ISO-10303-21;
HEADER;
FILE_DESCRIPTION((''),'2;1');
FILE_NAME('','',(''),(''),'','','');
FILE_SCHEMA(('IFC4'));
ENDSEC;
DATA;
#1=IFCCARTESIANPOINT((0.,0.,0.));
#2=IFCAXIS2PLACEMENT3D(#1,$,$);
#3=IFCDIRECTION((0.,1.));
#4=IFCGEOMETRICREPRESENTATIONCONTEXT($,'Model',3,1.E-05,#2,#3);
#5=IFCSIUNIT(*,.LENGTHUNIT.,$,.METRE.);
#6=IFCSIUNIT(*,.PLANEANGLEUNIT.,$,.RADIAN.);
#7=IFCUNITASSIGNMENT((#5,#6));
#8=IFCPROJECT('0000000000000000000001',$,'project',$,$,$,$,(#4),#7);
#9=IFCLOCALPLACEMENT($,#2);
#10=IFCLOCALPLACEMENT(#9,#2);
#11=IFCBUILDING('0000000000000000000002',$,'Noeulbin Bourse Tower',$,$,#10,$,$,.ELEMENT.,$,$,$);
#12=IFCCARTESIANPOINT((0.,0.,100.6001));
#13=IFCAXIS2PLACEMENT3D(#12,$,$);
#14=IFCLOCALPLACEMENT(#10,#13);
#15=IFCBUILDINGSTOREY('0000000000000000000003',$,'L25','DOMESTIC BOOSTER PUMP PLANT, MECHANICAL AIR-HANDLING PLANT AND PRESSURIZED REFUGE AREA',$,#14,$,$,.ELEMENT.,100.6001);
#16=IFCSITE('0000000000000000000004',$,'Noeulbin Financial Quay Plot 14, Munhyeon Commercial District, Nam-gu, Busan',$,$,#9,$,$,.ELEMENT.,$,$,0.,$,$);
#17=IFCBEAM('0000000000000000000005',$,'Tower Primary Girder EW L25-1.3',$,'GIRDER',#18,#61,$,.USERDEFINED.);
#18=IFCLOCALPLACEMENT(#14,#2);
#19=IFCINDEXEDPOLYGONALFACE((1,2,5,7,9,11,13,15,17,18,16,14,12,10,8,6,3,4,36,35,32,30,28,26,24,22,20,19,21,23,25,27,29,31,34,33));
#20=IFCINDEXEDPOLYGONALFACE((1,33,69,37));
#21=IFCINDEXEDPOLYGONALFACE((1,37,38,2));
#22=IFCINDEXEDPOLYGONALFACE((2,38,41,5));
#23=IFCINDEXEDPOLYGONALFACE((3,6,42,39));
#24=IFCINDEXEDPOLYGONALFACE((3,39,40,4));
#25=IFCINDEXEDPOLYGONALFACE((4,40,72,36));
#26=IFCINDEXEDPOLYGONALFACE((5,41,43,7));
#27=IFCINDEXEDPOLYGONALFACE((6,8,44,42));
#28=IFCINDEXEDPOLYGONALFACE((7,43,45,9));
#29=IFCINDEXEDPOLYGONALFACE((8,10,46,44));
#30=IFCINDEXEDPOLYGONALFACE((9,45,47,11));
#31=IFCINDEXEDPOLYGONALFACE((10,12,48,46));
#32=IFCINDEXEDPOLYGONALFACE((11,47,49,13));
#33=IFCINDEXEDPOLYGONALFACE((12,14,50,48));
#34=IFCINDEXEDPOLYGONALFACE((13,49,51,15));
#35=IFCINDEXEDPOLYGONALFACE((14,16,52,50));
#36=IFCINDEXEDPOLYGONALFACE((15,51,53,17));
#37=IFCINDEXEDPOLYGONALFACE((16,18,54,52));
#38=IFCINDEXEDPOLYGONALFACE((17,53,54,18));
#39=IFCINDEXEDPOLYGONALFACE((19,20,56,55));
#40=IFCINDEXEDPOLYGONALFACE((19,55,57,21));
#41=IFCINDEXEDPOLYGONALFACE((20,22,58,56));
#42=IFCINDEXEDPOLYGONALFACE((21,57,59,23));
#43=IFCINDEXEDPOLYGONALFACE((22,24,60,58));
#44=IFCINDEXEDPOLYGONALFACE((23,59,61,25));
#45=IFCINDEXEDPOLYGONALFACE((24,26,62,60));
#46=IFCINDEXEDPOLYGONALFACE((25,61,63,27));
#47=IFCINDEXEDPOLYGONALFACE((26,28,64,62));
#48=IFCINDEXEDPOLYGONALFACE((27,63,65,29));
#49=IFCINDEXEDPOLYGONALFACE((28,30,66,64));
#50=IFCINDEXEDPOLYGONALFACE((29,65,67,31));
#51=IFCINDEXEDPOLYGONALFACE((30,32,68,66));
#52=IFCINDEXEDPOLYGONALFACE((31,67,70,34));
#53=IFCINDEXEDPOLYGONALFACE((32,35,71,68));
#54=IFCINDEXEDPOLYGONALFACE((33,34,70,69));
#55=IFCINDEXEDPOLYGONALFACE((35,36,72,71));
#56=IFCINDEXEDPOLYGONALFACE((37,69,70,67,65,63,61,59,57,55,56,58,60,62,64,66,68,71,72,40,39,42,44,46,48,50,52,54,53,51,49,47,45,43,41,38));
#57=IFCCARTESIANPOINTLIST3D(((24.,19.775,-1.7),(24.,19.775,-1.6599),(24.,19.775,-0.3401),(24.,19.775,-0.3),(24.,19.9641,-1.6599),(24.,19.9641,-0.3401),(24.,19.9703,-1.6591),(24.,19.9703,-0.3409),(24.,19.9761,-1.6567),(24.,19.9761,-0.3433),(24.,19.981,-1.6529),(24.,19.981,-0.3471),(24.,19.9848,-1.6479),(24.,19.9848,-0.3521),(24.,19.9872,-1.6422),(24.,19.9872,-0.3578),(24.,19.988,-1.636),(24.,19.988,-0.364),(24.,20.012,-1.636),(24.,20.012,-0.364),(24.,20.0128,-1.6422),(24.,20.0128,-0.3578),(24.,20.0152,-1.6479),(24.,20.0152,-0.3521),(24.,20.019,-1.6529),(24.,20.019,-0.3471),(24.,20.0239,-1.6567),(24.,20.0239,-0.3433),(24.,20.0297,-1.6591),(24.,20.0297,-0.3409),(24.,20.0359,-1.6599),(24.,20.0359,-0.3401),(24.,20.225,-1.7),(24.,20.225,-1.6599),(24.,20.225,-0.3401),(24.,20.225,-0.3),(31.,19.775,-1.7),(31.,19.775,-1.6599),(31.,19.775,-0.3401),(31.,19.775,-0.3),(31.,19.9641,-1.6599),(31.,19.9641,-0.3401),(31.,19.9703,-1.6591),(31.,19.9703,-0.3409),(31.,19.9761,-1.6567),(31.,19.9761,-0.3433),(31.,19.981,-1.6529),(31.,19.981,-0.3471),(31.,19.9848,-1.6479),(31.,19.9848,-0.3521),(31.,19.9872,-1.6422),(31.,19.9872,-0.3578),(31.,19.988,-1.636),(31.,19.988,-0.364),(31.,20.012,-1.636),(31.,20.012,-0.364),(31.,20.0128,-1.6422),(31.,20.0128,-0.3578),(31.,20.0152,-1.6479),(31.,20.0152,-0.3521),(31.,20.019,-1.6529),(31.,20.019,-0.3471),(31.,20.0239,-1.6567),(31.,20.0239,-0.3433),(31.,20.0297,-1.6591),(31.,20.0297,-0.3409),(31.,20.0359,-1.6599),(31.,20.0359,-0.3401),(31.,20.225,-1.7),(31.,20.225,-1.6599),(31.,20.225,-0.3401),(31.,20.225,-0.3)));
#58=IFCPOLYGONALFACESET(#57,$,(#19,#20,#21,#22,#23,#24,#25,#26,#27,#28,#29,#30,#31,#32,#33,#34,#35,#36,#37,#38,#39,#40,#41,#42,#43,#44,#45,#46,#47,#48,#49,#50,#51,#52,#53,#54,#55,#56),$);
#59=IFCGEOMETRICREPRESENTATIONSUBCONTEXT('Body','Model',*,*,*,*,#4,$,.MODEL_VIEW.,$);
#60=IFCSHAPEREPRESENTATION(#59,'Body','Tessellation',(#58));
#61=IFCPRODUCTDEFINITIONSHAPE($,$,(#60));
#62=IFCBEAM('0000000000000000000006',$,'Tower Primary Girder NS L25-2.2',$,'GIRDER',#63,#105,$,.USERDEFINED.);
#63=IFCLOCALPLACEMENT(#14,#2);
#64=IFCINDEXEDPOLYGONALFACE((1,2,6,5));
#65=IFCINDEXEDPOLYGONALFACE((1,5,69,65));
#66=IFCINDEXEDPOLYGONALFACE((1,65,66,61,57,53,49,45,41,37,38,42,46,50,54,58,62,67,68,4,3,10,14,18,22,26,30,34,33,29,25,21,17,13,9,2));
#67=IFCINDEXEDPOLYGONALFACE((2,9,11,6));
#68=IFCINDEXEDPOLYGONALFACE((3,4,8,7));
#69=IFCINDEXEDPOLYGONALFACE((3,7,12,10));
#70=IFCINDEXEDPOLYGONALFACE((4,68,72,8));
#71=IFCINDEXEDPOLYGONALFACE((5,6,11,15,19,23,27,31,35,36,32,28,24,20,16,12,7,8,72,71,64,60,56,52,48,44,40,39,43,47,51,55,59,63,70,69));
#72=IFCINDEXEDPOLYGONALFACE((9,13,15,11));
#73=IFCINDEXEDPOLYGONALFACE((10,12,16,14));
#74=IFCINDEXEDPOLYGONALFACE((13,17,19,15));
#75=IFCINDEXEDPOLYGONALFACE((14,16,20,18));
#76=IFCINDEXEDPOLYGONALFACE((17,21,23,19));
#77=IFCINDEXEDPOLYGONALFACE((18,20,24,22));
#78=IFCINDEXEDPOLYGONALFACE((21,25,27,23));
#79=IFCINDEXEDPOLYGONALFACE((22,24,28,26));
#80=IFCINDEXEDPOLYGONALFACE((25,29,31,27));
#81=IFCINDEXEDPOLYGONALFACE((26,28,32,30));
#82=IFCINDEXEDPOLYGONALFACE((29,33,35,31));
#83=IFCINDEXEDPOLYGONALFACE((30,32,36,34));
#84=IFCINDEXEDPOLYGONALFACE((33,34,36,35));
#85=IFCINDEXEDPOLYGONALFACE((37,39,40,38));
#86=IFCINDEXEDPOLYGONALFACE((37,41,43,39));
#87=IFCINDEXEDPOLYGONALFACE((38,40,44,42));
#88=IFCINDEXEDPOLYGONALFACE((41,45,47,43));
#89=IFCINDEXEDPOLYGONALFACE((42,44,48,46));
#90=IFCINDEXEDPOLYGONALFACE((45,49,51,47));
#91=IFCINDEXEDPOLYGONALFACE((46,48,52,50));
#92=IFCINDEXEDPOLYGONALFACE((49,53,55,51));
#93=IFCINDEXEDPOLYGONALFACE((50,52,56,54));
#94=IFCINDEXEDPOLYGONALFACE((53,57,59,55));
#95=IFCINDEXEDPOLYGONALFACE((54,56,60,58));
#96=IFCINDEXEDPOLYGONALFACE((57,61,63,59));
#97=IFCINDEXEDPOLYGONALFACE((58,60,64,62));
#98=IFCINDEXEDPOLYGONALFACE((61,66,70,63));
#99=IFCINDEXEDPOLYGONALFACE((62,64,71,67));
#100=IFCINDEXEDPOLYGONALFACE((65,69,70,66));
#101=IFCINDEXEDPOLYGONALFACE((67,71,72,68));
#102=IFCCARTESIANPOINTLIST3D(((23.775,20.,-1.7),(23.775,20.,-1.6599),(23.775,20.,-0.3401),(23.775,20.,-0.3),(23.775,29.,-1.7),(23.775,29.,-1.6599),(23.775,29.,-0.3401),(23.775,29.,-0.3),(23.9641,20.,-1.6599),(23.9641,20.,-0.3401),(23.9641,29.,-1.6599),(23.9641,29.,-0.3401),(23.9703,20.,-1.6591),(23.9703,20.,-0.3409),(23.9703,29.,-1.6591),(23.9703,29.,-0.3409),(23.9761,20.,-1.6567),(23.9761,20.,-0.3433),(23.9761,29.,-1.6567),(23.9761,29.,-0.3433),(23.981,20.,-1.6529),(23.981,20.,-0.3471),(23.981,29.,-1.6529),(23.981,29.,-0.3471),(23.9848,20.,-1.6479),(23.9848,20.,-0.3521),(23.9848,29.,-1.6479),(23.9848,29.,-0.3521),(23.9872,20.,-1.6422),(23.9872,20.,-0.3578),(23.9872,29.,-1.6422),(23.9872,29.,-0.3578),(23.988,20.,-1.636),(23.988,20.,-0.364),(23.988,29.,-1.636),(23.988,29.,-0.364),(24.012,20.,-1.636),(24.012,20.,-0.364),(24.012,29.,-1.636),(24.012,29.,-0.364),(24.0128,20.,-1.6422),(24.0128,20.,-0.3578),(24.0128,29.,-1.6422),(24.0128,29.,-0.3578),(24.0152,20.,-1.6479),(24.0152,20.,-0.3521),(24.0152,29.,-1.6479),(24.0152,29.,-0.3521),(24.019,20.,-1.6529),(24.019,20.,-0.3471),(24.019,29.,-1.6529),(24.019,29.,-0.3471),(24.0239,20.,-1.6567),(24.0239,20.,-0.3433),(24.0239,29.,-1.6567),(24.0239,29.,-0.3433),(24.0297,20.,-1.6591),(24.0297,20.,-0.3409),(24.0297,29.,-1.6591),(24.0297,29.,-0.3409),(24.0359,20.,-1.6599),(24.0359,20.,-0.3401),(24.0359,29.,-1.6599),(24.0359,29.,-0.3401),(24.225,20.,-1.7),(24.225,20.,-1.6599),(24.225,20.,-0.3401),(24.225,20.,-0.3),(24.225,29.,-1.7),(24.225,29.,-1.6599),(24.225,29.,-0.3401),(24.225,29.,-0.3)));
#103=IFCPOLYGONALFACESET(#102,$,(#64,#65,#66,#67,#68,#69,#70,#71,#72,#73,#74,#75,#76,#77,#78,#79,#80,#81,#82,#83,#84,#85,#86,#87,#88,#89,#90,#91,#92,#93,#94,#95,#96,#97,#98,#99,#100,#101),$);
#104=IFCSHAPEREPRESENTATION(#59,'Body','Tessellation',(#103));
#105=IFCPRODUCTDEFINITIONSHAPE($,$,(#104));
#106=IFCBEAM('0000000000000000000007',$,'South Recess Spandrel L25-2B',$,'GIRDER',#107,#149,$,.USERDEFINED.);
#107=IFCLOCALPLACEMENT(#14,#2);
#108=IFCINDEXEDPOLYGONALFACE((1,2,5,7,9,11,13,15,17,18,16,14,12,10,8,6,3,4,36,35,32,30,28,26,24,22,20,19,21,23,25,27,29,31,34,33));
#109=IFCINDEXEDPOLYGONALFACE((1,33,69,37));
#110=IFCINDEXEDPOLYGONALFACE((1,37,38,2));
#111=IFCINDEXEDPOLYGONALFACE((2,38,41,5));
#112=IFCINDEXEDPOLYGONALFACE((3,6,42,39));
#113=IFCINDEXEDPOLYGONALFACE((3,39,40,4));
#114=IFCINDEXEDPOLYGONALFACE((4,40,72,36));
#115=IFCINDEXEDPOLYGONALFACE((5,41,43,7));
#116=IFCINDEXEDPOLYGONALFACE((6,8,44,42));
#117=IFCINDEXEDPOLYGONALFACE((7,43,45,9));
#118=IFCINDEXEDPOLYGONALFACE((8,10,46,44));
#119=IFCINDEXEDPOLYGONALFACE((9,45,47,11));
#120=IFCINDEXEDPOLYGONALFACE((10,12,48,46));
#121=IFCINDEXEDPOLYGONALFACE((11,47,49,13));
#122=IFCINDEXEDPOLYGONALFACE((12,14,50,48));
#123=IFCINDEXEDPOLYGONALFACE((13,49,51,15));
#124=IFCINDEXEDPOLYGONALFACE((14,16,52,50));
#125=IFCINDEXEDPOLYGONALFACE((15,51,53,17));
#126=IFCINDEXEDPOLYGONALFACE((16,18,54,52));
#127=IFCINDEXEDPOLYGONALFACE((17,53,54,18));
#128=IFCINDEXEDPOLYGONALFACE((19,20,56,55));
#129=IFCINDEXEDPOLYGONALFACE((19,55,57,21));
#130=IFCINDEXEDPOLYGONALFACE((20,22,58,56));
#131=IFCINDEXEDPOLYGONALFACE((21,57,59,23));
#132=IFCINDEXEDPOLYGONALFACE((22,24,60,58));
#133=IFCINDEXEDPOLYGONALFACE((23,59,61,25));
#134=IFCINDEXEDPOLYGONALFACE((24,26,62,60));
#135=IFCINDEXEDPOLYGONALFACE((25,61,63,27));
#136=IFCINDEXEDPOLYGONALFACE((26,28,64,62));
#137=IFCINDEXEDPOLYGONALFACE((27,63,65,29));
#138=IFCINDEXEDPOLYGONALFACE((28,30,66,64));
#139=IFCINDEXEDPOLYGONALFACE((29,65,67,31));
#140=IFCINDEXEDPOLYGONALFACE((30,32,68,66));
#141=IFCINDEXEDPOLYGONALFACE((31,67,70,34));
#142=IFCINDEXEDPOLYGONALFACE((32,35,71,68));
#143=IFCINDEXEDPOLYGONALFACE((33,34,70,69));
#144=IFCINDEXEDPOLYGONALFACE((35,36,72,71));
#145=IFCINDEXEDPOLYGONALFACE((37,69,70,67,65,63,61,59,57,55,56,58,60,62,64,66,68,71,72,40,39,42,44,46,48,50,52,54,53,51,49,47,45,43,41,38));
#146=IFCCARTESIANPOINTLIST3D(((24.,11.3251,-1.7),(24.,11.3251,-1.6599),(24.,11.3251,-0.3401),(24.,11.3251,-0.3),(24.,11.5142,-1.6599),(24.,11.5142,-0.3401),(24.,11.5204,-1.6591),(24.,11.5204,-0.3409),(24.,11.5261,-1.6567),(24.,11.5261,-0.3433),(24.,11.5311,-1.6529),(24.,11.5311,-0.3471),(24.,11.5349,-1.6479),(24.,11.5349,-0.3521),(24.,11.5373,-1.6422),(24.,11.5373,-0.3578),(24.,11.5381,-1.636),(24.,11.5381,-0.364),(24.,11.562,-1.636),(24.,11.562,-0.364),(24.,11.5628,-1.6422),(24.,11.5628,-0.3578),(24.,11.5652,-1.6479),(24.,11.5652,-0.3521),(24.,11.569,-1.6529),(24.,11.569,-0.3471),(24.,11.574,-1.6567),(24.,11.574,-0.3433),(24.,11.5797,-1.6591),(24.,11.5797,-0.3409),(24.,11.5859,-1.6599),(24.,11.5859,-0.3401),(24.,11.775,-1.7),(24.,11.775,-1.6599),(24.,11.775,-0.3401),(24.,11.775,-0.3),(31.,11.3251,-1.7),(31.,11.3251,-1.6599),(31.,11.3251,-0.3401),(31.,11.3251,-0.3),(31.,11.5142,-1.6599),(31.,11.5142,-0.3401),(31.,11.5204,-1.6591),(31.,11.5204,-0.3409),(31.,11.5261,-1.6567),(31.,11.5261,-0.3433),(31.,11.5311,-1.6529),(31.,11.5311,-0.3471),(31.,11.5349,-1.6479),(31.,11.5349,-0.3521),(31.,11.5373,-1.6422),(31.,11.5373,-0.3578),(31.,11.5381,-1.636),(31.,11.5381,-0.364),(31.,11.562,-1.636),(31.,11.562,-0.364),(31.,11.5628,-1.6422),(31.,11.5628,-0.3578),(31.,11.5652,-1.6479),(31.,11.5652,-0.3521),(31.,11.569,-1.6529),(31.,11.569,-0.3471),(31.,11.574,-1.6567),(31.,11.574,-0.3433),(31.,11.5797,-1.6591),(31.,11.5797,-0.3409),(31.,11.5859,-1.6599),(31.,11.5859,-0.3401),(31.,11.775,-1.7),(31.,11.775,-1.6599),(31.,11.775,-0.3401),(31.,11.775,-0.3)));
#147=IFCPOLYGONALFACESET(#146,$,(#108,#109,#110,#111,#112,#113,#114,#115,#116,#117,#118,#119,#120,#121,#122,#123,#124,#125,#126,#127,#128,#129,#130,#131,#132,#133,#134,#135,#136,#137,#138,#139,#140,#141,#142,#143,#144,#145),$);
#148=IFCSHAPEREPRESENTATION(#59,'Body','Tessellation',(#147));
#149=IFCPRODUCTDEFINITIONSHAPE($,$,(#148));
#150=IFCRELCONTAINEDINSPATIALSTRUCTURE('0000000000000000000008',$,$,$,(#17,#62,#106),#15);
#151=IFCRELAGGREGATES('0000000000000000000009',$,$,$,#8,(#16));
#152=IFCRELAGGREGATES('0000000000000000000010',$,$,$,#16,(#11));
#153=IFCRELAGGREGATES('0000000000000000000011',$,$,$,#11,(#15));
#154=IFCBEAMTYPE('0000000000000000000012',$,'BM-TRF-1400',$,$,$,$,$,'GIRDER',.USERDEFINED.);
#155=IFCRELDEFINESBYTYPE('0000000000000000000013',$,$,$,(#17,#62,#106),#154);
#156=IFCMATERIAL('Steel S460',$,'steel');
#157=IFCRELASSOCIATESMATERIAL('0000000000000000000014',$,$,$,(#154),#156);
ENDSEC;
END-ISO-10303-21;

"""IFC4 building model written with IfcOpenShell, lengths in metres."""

from ifc_helpers import new_model, si_unit, direction, frame, origin, origin_2d, place, context, subcontext, project, spatial, i_section, extrude, material, material_profile, profile_set, type_object, element, save


model = new_model("IFC4")

# Units and contexts
model_context = context("Model", 3, precision=1e-05, world=origin(), true_north=direction((0.0, 1.0)))
body_context = subcontext(model_context, "Body", "Model", "MODEL_VIEW")
ifc_project = project(units=[si_unit("LENGTHUNIT", "METRE"), si_unit("PLANEANGLEUNIT", "RADIAN")], contexts=[model_context])

# Site, building, storey
site_placement = place(None, origin())
site = spatial("IfcSite", under=ifc_project, at=site_placement, Name="Noeulbin Financial Quay Plot 14, Munhyeon Commercial District, Nam-gu, Busan", CompositionType="ELEMENT", RefElevation=0.0)
building_placement = place(site_placement, origin())
building = spatial("IfcBuilding", under=site, at=building_placement, Name="Noeulbin Bourse Tower", CompositionType="ELEMENT")
storey_placement = place(building_placement, frame((0.0, 0.0, 100.6001)))
storey = spatial("IfcBuildingStorey", under=building, at=storey_placement, Name="L25", Description="DOMESTIC BOOSTER PUMP PLANT, MECHANICAL AIR-HANDLING PLANT AND PRESSURIZED REFUGE AREA", CompositionType="ELEMENT", Elevation=100.6001)

# Shared definitions
ifc_material_1 = material(Name="Steel S460", Category="steel")

# Beams
ifc_material_profile_1 = material_profile(ifc_material_1, i_section(OverallWidth=0.45, OverallDepth=1.3999, WebThickness=0.0239, FlangeThickness=0.04, FilletRadius=0.0239, at=origin_2d()), Name="PG-1400x450x24x40", Category="LoadBearing")
ifc_profile_set_1 = profile_set([ifc_material_profile_1], Name="Steel S460")
beam_type_1 = type_object("IfcBeamType", Name="BM-TRF-1400", ElementType="GIRDER", PredefinedType="USERDEFINED", material=ifc_profile_set_1)
beam_1_placement = place(storey_placement, frame((24.0, 20.0, -1.0), z_axis=(1.0, 0.0, 0.0), x_axis=(0.0, 1.0, 0.0)))
element("IfcBeam", 1, at=beam_1_placement, inside=storey, type_object=beam_type_1, Name="Tower Primary Girder EW L25-1.3", ObjectType="GIRDER", PredefinedType="USERDEFINED", context=body_context, shape_type="SweptSolid", body=[
    extrude(i_section(OverallWidth=0.45, OverallDepth=1.3999, WebThickness=0.0239, FlangeThickness=0.04, FilletRadius=0.0239, at=origin_2d()), origin(), (0.0, 0.0, 1.0), 7.0),
])
beam_2_placement = place(storey_placement, frame((24.0, 20.0, -1.0), z_axis=(0.0, 1.0, 0.0), x_axis=(-1.0, 0.0, 0.0)))
element("IfcBeam", 2, at=beam_2_placement, inside=storey, type_object=beam_type_1, Name="Tower Primary Girder NS L25-2.2", ObjectType="GIRDER", PredefinedType="USERDEFINED", context=body_context, shape_type="SweptSolid", body=[
    extrude(i_section(OverallWidth=0.45, OverallDepth=1.3999, WebThickness=0.0239, FlangeThickness=0.04, FilletRadius=0.0239, at=origin_2d()), origin(), (0.0, 0.0, 1.0), 9.0),
])
beam_3_placement = place(storey_placement, frame((24.0, 11.55, -1.0), z_axis=(1.0, 0.0, 0.0), x_axis=(0.0, 1.0, 0.0)))
element("IfcBeam", 3, at=beam_3_placement, inside=storey, type_object=beam_type_1, Name="South Recess Spandrel L25-2B", ObjectType="GIRDER", PredefinedType="USERDEFINED", context=body_context, shape_type="SweptSolid", body=[
    extrude(i_section(OverallWidth=0.45, OverallDepth=1.3999, WebThickness=0.0239, FlangeThickness=0.04, FilletRadius=0.0239, at=origin_2d()), origin(), (0.0, 0.0, 1.0), 7.0),
])

save(model, "model.ifc")
